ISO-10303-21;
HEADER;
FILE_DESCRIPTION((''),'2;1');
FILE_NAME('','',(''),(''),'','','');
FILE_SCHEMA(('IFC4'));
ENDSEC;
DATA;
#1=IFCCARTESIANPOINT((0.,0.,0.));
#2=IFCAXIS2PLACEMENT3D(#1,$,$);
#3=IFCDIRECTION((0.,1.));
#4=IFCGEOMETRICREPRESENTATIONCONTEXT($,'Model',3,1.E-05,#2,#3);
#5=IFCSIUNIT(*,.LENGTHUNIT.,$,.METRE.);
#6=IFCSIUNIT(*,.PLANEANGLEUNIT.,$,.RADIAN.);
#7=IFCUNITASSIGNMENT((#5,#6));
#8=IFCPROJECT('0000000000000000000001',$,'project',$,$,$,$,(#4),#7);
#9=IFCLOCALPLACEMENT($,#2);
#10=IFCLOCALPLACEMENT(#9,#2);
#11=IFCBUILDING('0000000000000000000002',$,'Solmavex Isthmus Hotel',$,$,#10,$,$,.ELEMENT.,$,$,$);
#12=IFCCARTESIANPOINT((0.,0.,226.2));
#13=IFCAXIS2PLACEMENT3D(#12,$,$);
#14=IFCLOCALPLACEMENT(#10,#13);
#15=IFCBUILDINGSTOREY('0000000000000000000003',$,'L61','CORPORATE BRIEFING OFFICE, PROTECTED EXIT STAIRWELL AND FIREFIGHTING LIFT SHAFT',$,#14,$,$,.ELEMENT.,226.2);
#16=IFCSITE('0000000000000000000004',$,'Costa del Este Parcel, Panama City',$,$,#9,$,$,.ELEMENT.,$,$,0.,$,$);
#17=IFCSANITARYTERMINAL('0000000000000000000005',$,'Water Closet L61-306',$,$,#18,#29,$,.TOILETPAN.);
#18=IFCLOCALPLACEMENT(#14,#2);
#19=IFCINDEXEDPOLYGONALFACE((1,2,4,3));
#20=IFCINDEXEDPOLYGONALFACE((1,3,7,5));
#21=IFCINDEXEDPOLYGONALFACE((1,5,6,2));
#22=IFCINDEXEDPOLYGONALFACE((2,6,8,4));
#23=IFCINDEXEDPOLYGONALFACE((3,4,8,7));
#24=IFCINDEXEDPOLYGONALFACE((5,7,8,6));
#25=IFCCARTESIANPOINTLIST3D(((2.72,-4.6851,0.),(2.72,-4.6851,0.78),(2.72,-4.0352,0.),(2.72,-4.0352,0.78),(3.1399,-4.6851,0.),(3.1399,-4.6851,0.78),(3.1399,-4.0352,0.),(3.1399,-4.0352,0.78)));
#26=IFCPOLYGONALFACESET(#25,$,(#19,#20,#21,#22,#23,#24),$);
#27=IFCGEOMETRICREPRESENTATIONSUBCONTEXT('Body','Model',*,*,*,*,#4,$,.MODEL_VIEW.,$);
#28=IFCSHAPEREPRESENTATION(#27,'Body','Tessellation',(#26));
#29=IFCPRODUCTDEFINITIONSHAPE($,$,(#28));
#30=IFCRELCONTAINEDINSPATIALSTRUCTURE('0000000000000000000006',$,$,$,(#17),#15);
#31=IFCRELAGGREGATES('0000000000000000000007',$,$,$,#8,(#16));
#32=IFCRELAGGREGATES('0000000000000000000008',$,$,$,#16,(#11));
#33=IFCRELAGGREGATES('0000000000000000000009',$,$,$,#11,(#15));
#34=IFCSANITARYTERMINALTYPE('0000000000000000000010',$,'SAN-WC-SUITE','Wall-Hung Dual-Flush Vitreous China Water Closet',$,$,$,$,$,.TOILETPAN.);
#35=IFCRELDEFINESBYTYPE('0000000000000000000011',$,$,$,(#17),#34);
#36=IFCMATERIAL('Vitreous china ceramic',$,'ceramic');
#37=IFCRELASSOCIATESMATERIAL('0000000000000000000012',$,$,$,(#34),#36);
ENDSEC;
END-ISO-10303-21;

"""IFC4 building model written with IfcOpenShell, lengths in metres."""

from ifc_helpers import new_model, si_unit, direction, frame, origin, origin_2d, place, context, subcontext, project, spatial, rectangle, extrude, material, type_object, element, save


model = new_model("IFC4")

# Units and contexts
model_context = context("Model", 3, precision=1e-05, world=origin(), true_north=direction((0.0, 1.0)))
body_context = subcontext(model_context, "Body", "Model", "MODEL_VIEW")
ifc_project = project(units=[si_unit("LENGTHUNIT", "METRE"), si_unit("PLANEANGLEUNIT", "RADIAN")], contexts=[model_context])

# Site, building, storey
site_placement = place(None, origin())
site = spatial("IfcSite", under=ifc_project, at=site_placement, Name="Costa del Este Parcel, Panama City", CompositionType="ELEMENT", RefElevation=0.0)
building_placement = place(site_placement, origin())
building = spatial("IfcBuilding", under=site, at=building_placement, Name="Solmavex Isthmus Hotel", CompositionType="ELEMENT")
storey_placement = place(building_placement, frame((0.0, 0.0, 226.2)))
storey = spatial("IfcBuildingStorey", under=building, at=storey_placement, Name="L61", Description="CORPORATE BRIEFING OFFICE, PROTECTED EXIT STAIRWELL AND FIREFIGHTING LIFT SHAFT", CompositionType="ELEMENT", Elevation=226.2)

# Sanitary terminal
ifc_material_1 = material(Name="Vitreous china ceramic", Category="ceramic")
sanitary_terminal_type_1 = type_object("IfcSanitaryTerminalType", Name="SAN-WC-SUITE", Description="Wall-Hung Dual-Flush Vitreous China Water Closet", PredefinedType="TOILETPAN", material=ifc_material_1)
sanitary_terminal_1_placement = place(storey_placement, frame((2.9299, -4.3601, 0.0), z_axis=(0.0, 0.0, 1.0), x_axis=(1.0, 0.0, 0.0)))
element("IfcSanitaryTerminal", 1, at=sanitary_terminal_1_placement, inside=storey, type_object=sanitary_terminal_type_1, Name="Water Closet L61-306", PredefinedType="TOILETPAN", context=body_context, shape_type="SweptSolid", body=[
    extrude(rectangle(XDim=0.4199, YDim=0.6499, at=origin_2d()), origin(), (0.0, 0.0, 1.0), 0.78),
])

save(model, "model.ifc")
